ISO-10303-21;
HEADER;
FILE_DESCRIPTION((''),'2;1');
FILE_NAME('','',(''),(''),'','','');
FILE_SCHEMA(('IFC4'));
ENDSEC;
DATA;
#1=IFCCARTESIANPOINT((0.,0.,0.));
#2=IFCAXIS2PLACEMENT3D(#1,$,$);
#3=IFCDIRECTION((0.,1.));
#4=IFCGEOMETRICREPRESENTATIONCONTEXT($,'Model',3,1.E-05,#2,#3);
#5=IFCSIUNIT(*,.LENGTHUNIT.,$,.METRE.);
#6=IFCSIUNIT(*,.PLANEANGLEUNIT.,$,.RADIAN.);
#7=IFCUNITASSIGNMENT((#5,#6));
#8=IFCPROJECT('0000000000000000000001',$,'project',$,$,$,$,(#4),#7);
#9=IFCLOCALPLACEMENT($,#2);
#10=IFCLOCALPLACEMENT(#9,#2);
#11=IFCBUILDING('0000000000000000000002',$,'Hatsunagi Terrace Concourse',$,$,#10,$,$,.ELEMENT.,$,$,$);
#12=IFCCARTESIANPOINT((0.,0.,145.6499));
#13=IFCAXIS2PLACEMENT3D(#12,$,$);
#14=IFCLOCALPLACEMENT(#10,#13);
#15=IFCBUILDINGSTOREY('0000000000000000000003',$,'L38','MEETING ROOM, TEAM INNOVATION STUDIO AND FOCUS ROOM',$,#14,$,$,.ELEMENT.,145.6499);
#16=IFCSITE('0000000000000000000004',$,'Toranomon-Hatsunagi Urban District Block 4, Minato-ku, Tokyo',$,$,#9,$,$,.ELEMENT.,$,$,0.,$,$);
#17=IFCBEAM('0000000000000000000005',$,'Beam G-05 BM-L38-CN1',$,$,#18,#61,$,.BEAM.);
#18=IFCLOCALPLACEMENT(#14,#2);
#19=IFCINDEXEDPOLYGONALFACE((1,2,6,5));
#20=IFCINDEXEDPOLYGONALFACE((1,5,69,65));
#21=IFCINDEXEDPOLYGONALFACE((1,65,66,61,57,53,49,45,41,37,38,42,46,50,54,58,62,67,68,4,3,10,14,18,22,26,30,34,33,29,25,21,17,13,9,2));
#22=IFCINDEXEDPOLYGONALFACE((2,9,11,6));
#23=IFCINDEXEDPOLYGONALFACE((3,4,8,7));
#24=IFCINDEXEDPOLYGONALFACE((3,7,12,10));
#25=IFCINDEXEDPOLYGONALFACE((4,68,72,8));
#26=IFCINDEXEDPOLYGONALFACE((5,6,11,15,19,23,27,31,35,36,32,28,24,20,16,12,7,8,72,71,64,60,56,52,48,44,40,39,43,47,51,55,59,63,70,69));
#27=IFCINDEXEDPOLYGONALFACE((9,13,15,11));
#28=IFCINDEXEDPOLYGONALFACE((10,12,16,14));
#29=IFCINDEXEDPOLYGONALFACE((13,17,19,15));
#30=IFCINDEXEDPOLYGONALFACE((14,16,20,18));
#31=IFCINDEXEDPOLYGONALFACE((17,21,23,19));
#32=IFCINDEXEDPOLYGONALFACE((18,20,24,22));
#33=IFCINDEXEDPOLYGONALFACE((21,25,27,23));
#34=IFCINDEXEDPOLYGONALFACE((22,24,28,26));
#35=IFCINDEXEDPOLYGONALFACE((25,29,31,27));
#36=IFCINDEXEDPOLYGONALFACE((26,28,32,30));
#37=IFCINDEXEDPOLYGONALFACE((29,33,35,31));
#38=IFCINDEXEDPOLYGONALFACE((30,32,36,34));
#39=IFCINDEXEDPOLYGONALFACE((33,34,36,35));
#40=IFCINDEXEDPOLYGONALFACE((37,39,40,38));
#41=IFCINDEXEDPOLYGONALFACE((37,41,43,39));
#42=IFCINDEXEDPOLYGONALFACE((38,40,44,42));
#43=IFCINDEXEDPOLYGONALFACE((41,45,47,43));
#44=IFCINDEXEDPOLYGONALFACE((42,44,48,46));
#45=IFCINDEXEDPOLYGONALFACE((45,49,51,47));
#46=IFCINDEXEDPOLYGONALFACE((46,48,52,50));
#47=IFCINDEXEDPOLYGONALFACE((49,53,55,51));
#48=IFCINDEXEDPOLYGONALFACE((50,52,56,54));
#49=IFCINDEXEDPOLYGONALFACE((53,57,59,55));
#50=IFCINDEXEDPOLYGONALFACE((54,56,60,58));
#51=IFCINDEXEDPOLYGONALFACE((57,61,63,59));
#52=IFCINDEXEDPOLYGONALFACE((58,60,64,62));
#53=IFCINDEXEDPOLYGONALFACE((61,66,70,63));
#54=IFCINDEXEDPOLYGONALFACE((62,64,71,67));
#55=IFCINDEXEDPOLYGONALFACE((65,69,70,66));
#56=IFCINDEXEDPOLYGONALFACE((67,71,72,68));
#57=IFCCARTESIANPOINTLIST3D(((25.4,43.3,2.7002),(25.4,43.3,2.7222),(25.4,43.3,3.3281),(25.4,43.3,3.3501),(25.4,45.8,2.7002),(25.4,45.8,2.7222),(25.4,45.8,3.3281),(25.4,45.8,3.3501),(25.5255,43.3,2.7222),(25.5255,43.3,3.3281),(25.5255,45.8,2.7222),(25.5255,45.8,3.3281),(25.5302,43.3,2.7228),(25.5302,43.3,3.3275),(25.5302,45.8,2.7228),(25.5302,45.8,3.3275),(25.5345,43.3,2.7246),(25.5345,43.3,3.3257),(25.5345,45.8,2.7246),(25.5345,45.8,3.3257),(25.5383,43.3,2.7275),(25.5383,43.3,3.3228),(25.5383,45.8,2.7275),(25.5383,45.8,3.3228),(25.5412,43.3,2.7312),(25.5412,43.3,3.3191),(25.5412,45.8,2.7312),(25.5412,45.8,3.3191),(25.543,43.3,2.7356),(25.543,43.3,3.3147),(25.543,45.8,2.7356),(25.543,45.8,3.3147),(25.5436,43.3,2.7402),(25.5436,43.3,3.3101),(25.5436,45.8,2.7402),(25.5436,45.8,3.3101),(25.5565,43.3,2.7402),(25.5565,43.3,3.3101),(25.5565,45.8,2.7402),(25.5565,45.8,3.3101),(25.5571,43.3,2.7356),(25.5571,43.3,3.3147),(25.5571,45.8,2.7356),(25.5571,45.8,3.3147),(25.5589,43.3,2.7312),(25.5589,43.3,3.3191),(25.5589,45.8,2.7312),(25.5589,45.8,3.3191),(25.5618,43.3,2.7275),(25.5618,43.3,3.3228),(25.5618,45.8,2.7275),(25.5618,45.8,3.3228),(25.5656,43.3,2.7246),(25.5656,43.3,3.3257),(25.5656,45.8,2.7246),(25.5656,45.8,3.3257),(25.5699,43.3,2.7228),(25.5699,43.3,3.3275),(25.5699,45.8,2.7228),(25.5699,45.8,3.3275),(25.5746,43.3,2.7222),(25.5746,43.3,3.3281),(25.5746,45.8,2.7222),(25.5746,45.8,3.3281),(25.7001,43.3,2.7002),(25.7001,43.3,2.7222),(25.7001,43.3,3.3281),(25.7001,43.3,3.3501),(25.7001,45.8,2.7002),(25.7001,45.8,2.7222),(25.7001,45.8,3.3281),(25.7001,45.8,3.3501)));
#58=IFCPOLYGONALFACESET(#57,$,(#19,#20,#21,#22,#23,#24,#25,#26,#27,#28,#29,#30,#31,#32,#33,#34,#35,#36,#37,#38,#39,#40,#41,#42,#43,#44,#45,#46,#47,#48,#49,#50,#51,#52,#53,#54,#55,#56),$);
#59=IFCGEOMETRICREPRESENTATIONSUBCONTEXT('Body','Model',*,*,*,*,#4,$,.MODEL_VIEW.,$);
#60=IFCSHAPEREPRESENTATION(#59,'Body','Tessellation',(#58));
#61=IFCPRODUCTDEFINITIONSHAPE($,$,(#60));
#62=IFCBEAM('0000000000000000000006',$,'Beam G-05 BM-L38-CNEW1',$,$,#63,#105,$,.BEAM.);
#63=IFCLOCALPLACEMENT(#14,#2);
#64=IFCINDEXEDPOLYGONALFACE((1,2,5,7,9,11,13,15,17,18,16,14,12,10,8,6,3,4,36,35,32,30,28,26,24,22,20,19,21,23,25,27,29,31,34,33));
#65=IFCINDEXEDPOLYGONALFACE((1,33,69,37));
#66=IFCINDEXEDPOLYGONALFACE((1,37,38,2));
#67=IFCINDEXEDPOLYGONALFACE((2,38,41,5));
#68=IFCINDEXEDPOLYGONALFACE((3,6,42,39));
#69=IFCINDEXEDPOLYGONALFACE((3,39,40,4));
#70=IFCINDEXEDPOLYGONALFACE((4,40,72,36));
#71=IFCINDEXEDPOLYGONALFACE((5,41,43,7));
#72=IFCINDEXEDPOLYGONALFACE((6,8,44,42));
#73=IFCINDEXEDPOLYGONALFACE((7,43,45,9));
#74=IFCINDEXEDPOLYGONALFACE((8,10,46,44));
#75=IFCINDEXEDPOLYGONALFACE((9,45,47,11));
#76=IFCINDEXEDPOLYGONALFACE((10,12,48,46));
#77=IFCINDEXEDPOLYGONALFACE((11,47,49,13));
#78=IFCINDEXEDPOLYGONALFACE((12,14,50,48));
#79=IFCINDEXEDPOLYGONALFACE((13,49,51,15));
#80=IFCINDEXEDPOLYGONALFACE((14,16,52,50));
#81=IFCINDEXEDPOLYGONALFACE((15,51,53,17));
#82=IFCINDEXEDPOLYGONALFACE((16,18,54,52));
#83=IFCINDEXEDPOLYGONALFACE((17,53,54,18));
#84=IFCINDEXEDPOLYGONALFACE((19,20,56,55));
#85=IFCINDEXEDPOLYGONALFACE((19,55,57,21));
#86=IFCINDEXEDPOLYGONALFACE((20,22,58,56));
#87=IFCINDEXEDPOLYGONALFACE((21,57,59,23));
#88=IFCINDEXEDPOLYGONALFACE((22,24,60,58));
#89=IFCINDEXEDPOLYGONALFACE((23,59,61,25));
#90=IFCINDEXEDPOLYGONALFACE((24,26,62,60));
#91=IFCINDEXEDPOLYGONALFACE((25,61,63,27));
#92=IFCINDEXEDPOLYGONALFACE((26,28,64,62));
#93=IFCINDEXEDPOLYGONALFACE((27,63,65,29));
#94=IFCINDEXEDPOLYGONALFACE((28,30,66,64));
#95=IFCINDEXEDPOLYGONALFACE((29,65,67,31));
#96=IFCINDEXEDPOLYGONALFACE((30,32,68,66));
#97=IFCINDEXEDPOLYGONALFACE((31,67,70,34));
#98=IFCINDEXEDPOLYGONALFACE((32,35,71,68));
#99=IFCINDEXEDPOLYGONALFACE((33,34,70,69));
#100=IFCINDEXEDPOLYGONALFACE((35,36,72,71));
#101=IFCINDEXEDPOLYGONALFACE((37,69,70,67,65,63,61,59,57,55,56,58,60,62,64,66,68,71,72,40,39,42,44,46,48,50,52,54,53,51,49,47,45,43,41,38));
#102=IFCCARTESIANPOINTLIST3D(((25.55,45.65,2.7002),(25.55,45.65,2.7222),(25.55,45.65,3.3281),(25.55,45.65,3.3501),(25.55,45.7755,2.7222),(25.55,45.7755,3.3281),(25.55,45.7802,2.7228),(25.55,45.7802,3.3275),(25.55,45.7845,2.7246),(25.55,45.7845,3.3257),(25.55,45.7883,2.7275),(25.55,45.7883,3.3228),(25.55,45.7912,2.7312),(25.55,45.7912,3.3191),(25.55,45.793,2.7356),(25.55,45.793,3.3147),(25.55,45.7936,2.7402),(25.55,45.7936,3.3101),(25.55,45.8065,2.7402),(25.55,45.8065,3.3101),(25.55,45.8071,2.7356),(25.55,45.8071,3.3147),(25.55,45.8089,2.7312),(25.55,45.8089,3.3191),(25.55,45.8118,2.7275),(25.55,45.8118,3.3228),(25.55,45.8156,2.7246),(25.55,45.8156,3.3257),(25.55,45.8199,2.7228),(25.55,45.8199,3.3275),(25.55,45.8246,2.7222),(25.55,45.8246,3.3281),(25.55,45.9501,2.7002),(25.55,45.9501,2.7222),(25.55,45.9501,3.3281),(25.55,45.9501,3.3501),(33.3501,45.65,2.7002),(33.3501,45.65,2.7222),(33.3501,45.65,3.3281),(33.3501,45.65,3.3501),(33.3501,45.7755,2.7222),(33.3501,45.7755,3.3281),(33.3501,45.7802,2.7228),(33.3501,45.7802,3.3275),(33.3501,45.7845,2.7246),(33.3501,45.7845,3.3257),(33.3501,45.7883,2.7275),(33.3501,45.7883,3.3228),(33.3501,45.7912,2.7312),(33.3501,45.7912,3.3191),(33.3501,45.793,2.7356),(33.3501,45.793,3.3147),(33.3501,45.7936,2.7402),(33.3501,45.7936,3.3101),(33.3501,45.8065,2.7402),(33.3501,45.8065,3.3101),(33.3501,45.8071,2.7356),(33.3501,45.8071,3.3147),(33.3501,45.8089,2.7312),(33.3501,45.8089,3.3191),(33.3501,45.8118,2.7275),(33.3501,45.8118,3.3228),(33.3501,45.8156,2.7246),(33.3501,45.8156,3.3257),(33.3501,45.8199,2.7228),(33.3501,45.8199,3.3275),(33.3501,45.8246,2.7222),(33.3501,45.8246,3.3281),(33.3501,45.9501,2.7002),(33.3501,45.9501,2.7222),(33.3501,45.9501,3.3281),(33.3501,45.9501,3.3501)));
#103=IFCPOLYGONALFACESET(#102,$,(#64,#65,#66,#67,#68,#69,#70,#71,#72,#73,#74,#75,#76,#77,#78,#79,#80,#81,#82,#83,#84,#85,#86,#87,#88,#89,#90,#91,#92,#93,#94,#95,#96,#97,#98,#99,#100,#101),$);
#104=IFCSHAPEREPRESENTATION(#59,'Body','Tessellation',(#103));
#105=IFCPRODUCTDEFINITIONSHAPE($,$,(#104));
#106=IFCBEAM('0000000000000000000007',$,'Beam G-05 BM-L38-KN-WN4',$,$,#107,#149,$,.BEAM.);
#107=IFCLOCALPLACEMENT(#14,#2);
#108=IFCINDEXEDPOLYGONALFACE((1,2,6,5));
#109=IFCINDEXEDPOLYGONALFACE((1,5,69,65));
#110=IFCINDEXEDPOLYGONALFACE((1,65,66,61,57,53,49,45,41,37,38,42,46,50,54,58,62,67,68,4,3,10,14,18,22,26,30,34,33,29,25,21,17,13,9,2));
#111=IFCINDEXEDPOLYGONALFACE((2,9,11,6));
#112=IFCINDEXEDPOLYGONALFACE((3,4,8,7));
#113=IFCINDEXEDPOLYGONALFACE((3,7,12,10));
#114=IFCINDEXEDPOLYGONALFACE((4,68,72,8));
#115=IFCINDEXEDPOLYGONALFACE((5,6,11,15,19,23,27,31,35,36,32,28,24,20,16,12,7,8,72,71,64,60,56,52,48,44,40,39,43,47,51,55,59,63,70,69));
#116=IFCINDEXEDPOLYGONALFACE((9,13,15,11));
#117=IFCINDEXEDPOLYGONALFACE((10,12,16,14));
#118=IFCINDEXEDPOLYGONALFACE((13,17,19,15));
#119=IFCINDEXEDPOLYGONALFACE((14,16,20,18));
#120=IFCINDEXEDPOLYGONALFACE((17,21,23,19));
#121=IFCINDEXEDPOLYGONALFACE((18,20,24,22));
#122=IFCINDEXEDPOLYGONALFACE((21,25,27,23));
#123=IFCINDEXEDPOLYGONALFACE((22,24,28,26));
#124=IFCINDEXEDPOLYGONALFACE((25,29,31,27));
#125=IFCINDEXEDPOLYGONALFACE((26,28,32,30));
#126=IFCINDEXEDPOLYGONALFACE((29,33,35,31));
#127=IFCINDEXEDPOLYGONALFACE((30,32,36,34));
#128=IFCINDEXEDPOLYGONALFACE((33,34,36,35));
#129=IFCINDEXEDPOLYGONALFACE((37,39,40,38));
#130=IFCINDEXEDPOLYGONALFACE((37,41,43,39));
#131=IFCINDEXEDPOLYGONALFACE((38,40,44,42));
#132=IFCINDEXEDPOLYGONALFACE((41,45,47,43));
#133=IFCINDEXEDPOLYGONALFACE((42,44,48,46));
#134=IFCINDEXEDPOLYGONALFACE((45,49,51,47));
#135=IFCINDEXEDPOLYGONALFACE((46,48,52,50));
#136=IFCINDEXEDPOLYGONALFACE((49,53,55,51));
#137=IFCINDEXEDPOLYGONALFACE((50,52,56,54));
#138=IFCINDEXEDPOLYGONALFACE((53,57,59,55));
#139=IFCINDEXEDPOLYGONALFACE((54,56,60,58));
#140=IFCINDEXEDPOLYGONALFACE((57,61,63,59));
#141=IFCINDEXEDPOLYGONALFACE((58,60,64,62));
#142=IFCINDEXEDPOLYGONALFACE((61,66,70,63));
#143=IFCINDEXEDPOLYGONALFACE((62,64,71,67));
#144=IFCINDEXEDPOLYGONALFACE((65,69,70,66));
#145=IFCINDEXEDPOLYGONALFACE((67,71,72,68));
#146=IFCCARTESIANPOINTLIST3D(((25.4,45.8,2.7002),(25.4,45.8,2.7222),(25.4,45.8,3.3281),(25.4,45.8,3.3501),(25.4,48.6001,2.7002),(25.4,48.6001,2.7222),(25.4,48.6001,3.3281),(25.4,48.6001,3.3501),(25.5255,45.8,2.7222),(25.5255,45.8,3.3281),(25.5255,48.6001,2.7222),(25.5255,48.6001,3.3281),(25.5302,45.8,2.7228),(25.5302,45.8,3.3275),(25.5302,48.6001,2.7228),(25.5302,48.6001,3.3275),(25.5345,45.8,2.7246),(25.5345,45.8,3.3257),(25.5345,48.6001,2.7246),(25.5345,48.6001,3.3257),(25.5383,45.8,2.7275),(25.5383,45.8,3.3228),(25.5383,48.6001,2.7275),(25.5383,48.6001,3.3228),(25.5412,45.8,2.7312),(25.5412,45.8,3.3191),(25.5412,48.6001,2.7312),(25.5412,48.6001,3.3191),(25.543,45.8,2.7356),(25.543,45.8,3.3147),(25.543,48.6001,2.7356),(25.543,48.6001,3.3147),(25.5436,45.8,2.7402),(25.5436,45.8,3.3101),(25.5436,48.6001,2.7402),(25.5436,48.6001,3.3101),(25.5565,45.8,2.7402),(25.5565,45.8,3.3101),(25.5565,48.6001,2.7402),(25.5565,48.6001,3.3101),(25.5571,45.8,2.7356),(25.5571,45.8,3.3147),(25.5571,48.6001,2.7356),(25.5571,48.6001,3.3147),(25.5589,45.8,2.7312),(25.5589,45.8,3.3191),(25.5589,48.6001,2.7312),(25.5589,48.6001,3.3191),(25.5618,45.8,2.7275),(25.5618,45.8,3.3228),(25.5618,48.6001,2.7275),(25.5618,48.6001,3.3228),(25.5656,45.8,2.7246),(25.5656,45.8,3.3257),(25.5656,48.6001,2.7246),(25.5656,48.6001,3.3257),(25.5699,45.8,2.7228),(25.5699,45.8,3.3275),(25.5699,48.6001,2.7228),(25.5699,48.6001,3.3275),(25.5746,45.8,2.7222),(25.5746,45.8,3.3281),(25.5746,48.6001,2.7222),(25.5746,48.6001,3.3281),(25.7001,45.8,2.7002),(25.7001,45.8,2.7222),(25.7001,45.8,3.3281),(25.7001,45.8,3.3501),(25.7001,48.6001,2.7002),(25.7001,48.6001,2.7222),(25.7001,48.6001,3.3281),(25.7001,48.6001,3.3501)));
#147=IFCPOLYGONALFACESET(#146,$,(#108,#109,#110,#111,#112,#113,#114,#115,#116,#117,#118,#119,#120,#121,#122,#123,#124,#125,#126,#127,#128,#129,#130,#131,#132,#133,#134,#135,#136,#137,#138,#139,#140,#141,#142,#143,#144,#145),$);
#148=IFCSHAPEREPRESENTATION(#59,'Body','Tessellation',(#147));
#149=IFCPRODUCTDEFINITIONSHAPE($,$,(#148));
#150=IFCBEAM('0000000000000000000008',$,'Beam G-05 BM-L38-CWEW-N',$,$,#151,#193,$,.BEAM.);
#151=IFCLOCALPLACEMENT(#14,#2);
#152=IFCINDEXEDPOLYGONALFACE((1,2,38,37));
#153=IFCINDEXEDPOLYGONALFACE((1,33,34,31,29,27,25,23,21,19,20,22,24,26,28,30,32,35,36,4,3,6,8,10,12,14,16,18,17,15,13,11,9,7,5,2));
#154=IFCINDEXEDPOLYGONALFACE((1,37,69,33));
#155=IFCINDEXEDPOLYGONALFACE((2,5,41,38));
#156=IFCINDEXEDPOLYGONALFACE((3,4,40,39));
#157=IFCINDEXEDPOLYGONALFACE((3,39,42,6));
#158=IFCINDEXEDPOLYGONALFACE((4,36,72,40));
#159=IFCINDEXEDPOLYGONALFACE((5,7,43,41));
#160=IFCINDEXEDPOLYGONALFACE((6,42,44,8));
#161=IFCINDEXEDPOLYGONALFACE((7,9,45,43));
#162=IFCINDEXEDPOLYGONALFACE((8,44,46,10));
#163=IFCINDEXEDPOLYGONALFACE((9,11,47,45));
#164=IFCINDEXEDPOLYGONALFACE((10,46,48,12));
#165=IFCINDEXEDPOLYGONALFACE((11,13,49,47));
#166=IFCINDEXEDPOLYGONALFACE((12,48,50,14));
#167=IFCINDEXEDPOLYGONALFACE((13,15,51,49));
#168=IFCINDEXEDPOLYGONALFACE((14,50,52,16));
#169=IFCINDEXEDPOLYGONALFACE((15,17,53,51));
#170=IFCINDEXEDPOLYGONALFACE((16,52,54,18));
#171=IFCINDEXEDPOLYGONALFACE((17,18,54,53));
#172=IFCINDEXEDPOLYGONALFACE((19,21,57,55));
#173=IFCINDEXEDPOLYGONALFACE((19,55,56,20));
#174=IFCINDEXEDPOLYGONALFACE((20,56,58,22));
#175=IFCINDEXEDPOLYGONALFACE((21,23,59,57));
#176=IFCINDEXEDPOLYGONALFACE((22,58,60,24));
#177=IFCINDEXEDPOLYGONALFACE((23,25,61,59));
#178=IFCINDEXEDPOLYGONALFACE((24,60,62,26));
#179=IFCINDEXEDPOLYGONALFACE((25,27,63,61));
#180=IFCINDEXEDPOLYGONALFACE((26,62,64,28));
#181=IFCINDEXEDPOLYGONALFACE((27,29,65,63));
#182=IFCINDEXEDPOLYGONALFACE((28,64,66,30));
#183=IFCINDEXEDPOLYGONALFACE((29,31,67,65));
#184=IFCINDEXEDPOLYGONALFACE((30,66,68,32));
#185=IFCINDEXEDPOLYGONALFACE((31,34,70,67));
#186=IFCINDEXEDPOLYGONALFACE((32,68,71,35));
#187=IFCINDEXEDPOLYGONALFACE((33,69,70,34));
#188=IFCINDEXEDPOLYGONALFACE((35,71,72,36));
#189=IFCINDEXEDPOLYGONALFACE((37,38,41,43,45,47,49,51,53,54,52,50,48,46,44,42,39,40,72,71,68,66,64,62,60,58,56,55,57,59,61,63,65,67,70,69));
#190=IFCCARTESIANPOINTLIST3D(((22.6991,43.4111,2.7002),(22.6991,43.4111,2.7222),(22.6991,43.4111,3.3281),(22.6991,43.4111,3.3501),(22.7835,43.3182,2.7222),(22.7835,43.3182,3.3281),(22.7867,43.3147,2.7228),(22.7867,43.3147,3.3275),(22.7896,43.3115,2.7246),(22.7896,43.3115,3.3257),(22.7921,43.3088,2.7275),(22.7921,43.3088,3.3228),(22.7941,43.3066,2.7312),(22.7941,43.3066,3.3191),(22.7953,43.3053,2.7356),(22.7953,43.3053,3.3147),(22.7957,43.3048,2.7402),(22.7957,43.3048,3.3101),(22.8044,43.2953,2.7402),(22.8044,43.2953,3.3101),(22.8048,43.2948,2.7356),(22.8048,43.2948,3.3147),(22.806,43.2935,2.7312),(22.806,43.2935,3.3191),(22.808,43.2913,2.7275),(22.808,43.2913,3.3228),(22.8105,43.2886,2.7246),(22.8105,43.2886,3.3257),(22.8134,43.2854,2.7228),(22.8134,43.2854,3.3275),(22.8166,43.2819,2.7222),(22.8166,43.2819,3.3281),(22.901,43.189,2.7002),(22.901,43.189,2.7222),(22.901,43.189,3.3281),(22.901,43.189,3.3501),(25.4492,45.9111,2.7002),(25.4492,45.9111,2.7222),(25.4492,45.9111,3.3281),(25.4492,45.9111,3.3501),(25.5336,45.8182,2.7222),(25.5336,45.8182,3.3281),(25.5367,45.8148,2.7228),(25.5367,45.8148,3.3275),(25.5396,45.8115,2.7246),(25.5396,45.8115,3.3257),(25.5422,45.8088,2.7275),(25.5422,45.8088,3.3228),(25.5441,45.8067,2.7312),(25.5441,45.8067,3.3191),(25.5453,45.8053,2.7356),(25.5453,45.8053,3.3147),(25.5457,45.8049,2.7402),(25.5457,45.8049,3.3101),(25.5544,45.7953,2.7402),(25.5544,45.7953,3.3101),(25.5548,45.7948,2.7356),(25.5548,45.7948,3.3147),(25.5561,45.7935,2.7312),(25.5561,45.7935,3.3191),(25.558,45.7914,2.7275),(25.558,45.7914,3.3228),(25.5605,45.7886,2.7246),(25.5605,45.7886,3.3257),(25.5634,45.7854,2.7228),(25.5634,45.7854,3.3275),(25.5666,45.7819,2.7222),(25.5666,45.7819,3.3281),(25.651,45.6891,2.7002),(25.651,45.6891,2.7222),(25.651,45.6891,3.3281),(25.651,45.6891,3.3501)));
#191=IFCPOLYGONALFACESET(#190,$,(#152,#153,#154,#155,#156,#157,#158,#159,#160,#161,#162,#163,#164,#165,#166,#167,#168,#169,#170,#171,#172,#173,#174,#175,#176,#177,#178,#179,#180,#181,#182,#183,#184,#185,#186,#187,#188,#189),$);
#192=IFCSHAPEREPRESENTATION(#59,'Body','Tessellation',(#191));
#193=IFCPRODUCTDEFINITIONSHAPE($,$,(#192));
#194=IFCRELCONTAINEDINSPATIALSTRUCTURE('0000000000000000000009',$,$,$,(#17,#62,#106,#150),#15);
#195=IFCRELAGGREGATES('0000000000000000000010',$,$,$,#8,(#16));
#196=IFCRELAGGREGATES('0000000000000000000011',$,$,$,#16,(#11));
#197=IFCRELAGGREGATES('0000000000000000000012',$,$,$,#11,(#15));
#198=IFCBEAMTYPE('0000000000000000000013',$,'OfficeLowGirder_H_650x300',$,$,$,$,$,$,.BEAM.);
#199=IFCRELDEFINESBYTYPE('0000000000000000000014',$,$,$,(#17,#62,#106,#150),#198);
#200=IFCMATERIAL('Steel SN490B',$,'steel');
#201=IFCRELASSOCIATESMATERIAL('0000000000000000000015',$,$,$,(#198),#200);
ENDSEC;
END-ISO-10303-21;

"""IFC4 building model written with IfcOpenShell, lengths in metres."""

from ifc_helpers import new_model, si_unit, direction, frame, origin, origin_2d, place, context, subcontext, project, spatial, i_section, extrude, material, material_profile, profile_set, type_object, element, save


model = new_model("IFC4")

# Units and contexts
model_context = context("Model", 3, precision=1e-05, world=origin(), true_north=direction((0.0, 1.0)))
body_context = subcontext(model_context, "Body", "Model", "MODEL_VIEW")
ifc_project = project(units=[si_unit("LENGTHUNIT", "METRE"), si_unit("PLANEANGLEUNIT", "RADIAN")], contexts=[model_context])

# Site, building, storey
site_placement = place(None, origin())
site = spatial("IfcSite", under=ifc_project, at=site_placement, Name="Toranomon-Hatsunagi Urban District Block 4, Minato-ku, Tokyo", CompositionType="ELEMENT", RefElevation=0.0)
building_placement = place(site_placement, origin())
building = spatial("IfcBuilding", under=site, at=building_placement, Name="Hatsunagi Terrace Concourse", CompositionType="ELEMENT")
storey_placement = place(building_placement, frame((0.0, 0.0, 145.6499)))
storey = spatial("IfcBuildingStorey", under=building, at=storey_placement, Name="L38", Description="MEETING ROOM, TEAM INNOVATION STUDIO AND FOCUS ROOM", CompositionType="ELEMENT", Elevation=145.6499)

# Beams
ifc_material_1 = material(Name="Steel SN490B", Category="steel")
ifc_material_profile_1 = material_profile(ifc_material_1, i_section(OverallWidth=0.3, OverallDepth=0.6499, WebThickness=0.0129, FlangeThickness=0.022, FilletRadius=0.0181, at=origin_2d()), Name="H-650x300x13x22")
ifc_profile_set_1 = profile_set([ifc_material_profile_1], Name="Steel SN490B")
beam_type_1 = type_object("IfcBeamType", Name="OfficeLowGirder_H_650x300", PredefinedType="BEAM", material=ifc_profile_set_1)
beam_1_placement = place(storey_placement, frame((25.55, 43.3, 3.0251), z_axis=(0.0, 1.0, 0.0), x_axis=(-1.0, 0.0, 0.0)))
element("IfcBeam", 1, at=beam_1_placement, inside=storey, type_object=beam_type_1, Name="Beam G-05 BM-L38-CN1", PredefinedType="BEAM", context=body_context, shape_type="SweptSolid", body=[
    extrude(i_section(OverallWidth=0.3, OverallDepth=0.6499, WebThickness=0.0129, FlangeThickness=0.022, FilletRadius=0.0181, at=origin_2d()), origin(), (0.0, 0.0, 1.0), 2.5),
])
beam_2_placement = place(storey_placement, frame((25.55, 45.8, 3.0251), z_axis=(1.0, 0.0, 0.0), x_axis=(0.0, 1.0, 0.0)))
element("IfcBeam", 2, at=beam_2_placement, inside=storey, type_object=beam_type_1, Name="Beam G-05 BM-L38-CNEW1", PredefinedType="BEAM", context=body_context, shape_type="SweptSolid", body=[
    extrude(i_section(OverallWidth=0.3, OverallDepth=0.6499, WebThickness=0.0129, FlangeThickness=0.022, FilletRadius=0.0181, at=origin_2d()), origin(), (0.0, 0.0, 1.0), 7.8),
])
beam_3_placement = place(storey_placement, frame((25.55, 45.8, 3.0251), z_axis=(0.0, 1.0, 0.0), x_axis=(-1.0, 0.0, 0.0)))
element("IfcBeam", 3, at=beam_3_placement, inside=storey, type_object=beam_type_1, Name="Beam G-05 BM-L38-KN-WN4", PredefinedType="BEAM", context=body_context, shape_type="SweptSolid", body=[
    extrude(i_section(OverallWidth=0.3, OverallDepth=0.6499, WebThickness=0.0129, FlangeThickness=0.022, FilletRadius=0.0181, at=origin_2d()), origin(), (0.0, 0.0, 1.0), 2.8),
])
beam_4_placement = place(storey_placement, frame((22.8, 43.3, 3.0251), z_axis=(0.73994, 0.672673, 0.0), x_axis=(-0.672673, 0.73994, 0.0)))
element("IfcBeam", 4, at=beam_4_placement, inside=storey, type_object=beam_type_1, Name="Beam G-05 BM-L38-CWEW-N", PredefinedType="BEAM", context=body_context, shape_type="SweptSolid", body=[
    extrude(i_section(OverallWidth=0.3, OverallDepth=0.6499, WebThickness=0.0129, FlangeThickness=0.022, FilletRadius=0.0181, at=origin_2d()), origin(), (0.0, 0.0, 1.0), 3.7166),
])

save(model, "model.ifc")
